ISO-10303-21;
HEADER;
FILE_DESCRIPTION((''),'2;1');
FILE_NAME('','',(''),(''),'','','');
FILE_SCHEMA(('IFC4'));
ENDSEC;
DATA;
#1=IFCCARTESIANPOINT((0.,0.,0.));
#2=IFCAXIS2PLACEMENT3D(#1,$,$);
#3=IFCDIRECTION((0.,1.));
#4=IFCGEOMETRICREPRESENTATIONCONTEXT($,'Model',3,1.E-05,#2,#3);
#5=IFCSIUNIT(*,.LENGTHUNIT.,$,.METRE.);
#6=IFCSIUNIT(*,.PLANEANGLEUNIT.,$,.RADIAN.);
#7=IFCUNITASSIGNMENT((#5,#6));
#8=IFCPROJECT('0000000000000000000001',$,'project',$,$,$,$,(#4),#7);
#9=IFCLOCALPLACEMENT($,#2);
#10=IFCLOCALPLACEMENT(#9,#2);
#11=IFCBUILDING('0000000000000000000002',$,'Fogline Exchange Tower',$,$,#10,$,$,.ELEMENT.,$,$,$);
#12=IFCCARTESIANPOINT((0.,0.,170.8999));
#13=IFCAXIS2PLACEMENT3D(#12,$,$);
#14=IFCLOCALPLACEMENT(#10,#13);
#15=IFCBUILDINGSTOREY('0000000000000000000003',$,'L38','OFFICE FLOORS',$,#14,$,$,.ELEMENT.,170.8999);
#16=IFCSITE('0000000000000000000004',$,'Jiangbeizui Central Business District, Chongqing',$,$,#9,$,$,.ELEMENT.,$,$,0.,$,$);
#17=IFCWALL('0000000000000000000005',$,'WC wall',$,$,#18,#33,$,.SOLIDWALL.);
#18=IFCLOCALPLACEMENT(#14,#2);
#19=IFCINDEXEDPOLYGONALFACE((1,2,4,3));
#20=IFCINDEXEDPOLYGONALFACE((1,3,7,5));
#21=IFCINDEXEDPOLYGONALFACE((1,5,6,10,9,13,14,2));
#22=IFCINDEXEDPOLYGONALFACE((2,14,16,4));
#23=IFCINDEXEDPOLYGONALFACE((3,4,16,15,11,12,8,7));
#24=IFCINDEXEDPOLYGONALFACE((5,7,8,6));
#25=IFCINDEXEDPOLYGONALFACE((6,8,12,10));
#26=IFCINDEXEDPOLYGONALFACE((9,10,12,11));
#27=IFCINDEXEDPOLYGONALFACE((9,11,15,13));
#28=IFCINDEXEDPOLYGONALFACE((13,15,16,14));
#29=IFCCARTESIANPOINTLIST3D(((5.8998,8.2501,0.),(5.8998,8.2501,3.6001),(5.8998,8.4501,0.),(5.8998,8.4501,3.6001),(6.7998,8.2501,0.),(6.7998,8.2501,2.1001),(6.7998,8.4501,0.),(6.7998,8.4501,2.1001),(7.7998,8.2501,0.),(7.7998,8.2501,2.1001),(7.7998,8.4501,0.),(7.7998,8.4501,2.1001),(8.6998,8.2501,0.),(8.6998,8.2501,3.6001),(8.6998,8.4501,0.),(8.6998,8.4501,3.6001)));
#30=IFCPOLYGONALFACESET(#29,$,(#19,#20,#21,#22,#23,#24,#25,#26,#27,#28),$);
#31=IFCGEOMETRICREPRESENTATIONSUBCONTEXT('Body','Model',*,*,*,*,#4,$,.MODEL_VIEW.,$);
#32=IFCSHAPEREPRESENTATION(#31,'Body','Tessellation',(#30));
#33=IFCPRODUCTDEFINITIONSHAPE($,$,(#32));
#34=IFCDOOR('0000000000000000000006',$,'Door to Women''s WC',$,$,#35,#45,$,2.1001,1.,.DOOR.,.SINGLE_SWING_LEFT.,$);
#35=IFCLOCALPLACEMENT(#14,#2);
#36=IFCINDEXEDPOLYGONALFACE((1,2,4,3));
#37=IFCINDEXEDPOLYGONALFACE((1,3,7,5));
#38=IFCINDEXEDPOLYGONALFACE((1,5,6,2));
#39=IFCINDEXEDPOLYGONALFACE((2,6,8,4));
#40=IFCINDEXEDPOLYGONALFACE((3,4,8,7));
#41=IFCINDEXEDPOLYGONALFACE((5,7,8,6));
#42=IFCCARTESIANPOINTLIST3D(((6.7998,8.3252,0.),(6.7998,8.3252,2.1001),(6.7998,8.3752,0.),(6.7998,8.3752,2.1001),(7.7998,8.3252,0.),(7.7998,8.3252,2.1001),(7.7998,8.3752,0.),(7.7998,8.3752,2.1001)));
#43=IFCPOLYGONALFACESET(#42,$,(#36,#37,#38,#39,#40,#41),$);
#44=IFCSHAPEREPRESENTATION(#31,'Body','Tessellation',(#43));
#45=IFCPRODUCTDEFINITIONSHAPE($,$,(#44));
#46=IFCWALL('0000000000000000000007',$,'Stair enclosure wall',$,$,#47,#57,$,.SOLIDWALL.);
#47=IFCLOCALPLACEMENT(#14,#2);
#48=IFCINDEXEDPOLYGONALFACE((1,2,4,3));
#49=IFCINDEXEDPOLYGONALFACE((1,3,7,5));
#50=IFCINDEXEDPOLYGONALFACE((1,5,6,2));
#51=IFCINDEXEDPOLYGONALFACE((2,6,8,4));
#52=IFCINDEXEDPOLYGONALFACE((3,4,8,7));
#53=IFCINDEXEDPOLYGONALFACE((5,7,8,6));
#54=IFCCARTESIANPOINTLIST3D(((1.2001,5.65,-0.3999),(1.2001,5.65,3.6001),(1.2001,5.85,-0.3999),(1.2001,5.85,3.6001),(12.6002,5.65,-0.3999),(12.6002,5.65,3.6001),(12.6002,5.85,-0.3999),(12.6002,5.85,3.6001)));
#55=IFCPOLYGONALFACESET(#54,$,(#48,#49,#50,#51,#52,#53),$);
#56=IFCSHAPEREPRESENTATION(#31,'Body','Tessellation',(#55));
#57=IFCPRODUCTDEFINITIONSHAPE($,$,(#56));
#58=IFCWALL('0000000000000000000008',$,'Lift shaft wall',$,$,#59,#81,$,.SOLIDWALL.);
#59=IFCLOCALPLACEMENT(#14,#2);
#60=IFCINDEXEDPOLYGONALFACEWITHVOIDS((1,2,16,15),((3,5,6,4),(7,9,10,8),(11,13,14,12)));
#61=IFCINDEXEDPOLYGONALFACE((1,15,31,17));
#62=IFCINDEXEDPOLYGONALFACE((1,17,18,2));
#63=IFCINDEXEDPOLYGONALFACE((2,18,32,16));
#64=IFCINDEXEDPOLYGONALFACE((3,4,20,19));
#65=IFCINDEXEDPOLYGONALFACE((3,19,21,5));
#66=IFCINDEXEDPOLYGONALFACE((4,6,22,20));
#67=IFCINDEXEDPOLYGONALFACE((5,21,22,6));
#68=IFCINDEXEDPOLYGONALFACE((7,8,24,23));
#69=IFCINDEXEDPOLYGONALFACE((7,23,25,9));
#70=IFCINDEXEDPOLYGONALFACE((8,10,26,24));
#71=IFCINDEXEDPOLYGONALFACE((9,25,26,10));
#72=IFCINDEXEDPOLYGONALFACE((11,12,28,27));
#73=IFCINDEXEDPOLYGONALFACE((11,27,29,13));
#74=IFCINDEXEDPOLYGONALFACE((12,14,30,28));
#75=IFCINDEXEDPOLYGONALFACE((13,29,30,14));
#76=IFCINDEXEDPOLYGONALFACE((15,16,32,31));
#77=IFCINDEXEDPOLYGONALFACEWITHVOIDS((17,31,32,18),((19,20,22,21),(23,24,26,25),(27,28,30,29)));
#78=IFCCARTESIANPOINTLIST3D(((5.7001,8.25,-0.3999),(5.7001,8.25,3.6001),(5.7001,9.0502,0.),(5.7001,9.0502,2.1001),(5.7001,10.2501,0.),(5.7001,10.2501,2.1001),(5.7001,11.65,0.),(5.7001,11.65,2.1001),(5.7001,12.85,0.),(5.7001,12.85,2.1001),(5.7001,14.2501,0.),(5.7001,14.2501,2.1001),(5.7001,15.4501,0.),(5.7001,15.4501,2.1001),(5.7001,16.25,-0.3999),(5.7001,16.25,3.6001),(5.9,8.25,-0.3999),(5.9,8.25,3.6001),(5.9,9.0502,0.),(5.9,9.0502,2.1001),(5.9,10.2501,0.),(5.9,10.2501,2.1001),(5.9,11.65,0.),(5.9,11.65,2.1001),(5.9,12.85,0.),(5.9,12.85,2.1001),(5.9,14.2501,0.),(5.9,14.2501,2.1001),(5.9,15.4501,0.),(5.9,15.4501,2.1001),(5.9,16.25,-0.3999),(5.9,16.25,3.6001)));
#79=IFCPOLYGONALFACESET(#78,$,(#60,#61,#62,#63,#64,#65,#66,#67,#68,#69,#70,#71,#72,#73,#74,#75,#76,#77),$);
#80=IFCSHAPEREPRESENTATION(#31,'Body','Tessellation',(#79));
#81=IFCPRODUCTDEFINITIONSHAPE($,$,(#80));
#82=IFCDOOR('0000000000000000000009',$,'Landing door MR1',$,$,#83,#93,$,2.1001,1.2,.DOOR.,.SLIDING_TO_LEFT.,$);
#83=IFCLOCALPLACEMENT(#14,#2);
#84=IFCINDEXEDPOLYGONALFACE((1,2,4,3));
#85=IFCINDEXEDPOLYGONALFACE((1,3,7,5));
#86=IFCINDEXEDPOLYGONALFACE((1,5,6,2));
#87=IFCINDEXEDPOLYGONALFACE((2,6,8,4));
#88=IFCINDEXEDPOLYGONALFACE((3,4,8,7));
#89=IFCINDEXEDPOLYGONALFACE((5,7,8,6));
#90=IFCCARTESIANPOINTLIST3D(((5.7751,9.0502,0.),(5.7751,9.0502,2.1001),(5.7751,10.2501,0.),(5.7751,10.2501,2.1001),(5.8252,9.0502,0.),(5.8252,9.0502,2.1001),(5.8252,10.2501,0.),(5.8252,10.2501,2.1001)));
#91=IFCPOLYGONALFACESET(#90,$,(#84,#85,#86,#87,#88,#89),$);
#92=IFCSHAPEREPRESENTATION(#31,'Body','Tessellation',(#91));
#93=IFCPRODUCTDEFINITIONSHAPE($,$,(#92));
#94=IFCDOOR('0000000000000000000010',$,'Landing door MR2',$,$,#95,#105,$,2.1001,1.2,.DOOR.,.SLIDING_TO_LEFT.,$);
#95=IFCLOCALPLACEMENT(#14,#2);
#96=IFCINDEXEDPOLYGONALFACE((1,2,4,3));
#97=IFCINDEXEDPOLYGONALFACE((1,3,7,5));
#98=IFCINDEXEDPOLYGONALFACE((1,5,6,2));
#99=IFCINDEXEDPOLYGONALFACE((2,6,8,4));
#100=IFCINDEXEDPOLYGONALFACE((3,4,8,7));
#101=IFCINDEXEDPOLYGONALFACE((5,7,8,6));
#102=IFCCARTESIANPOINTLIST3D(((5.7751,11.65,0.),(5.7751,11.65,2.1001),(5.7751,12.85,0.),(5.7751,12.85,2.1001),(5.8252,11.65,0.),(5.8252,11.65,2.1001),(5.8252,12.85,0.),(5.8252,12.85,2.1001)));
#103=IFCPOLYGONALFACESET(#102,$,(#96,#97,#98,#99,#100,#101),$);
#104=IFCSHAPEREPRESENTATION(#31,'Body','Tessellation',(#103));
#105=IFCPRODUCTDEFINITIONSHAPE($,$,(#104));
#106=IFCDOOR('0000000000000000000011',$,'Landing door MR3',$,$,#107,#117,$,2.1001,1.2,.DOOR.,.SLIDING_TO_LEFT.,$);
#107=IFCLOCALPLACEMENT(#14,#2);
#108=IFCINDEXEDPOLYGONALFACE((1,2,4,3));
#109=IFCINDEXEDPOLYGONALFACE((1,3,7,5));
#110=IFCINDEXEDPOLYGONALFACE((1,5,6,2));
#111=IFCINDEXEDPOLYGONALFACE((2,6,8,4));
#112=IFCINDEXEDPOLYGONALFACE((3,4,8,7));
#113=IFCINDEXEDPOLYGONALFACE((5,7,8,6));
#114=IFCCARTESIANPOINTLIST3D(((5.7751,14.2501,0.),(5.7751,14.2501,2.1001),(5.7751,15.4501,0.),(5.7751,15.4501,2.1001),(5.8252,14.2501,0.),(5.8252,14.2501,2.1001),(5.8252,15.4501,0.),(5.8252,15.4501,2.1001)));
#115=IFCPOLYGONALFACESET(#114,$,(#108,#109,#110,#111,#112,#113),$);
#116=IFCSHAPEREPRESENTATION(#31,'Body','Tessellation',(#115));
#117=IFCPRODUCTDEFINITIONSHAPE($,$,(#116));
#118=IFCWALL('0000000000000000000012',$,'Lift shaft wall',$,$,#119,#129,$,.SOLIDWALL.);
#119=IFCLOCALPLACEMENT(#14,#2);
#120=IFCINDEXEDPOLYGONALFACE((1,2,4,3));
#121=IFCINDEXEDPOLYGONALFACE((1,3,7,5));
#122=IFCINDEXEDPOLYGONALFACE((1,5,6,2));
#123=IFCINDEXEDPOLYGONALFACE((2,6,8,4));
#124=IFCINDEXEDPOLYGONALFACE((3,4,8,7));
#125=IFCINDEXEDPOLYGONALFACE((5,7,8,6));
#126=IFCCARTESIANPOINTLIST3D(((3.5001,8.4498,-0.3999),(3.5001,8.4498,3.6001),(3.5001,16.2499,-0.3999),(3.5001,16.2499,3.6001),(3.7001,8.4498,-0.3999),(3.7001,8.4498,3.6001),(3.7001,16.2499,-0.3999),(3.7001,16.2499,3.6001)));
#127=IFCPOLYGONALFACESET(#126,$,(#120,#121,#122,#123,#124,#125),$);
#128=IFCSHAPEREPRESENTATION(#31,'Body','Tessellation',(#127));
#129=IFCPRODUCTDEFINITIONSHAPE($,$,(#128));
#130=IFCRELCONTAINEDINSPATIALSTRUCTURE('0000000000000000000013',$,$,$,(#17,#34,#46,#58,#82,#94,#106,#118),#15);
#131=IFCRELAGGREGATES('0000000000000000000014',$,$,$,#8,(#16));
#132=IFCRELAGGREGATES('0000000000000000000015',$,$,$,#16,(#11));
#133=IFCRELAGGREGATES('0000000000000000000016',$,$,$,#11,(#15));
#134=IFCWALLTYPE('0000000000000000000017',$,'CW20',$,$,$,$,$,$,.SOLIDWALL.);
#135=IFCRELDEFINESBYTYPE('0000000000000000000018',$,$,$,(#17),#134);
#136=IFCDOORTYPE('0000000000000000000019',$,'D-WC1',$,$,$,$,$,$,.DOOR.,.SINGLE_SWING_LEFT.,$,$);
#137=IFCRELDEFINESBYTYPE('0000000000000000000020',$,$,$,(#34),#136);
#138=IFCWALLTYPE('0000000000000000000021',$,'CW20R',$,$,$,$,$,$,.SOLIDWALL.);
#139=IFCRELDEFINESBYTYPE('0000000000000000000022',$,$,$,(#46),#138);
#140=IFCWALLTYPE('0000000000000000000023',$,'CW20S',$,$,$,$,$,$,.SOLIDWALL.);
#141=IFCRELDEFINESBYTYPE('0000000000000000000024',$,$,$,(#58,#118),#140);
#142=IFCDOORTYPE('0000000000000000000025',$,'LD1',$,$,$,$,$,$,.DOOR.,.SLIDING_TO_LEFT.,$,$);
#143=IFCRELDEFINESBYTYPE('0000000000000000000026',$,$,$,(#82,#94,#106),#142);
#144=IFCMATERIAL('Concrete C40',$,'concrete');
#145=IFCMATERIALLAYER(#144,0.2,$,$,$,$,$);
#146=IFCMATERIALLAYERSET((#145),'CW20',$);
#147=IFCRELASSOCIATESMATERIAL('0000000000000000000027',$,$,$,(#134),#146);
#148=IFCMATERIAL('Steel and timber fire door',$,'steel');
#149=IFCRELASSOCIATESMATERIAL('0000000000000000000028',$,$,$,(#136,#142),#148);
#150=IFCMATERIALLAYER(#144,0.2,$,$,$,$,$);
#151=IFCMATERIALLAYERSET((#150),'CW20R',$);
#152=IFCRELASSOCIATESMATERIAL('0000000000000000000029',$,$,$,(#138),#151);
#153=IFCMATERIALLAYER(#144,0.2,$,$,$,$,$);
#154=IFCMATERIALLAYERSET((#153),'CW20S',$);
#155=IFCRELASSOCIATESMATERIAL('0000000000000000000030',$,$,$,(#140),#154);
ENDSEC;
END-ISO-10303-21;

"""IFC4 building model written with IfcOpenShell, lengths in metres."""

from ifc_helpers import new_model, si_unit, direction, frame, frame_2d, origin, place, context, subcontext, project, spatial, rectangle, extrude, material, layer, layer_set, type_object, element, fill, save


model = new_model("IFC4")

# Units and contexts
model_context = context("Model", 3, precision=1e-05, world=origin(), true_north=direction((0.0, 1.0)))
body_context = subcontext(model_context, "Body", "Model", "MODEL_VIEW")
ifc_project = project(units=[si_unit("LENGTHUNIT", "METRE"), si_unit("PLANEANGLEUNIT", "RADIAN")], contexts=[model_context])

# Site, building, storey
site_placement = place(None, origin())
site = spatial("IfcSite", under=ifc_project, at=site_placement, Name="Jiangbeizui Central Business District, Chongqing", CompositionType="ELEMENT", RefElevation=0.0)
building_placement = place(site_placement, origin())
building = spatial("IfcBuilding", under=site, at=building_placement, Name="Fogline Exchange Tower", CompositionType="ELEMENT")
storey_placement = place(building_placement, frame((0.0, 0.0, 170.8999)))
storey = spatial("IfcBuildingStorey", under=building, at=storey_placement, Name="L38", Description="OFFICE FLOORS", CompositionType="ELEMENT", Elevation=170.8999)

# Shared definitions
ifc_material_1 = material(Name="Concrete C40", Category="concrete")

# Wall, opening, door
ifc_layer_1 = layer(ifc_material_1, 0.2)
ifc_layer_set_1 = layer_set([ifc_layer_1], Name="CW20")
wall_type_1 = type_object("IfcWallType", Name="CW20", PredefinedType="SOLIDWALL", material=ifc_layer_set_1)
wall_1_placement = place(storey_placement, frame((5.8999, 8.3501, 0.0), z_axis=(0.0, 0.0, 1.0), x_axis=(1.0, 0.0, 0.0)))
wall_1 = element("IfcWall", 1, at=wall_1_placement, inside=storey, type_object=wall_type_1, Name="WC wall", PredefinedType="SOLIDWALL", context=body_context, shape_type="SweptSolid", body=[
    extrude(rectangle(XDim=2.8, YDim=0.2, at=frame_2d((1.3999, 0.0))), origin(), (0.0, 0.0, 1.0), 3.6001),
])
opening_1_placement = place(wall_1_placement, frame((0.8999, 0.0, 0.0)))
opening_1 = element("IfcOpeningElement", 2, at=opening_1_placement, cuts=wall_1, PredefinedType="OPENING", context=body_context, shape_type="SweptSolid", body=[
    extrude(rectangle(XDim=1.0, YDim=2.1001, at=frame_2d((0.5, 1.05))), frame((0.0, 0.1099, 0.0), z_axis=(0.0, -1.0, 0.0), x_axis=(1.0, 0.0, 0.0)), (0.0, 0.0, 1.0), 0.22),
])
ifc_material_2 = material(Name="Steel and timber fire door", Category="steel")
door_type_1 = type_object("IfcDoorType", Name="D-WC1", OperationType="SINGLE_SWING_LEFT", PredefinedType="DOOR", material=ifc_material_2)
door_1_placement = place(opening_1_placement, frame((1.0, 0.0, 0.0), z_axis=(0.0, 0.0, 1.0), x_axis=(-1.0, 0.0, 0.0)))
door_1 = element("IfcDoor", 3, at=door_1_placement, inside=storey, type_object=door_type_1, Name="Door to Women's WC", OperationType="SINGLE_SWING_LEFT", OverallHeight=2.1001, OverallWidth=1.0, PredefinedType="DOOR", context=body_context, shape_type="SweptSolid", body=[
    extrude(rectangle(XDim=1.0, YDim=2.1001, at=frame_2d((0.5, 1.05))), frame((0.0, 0.0249, 0.0), z_axis=(0.0, -1.0, 0.0), x_axis=(1.0, 0.0, 0.0)), (0.0, 0.0, 1.0), 0.05),
])
fill(opening_1, door_1)

# Wall
ifc_layer_2 = layer(ifc_material_1, 0.2)
ifc_layer_set_2 = layer_set([ifc_layer_2], Name="CW20R")
wall_type_2 = type_object("IfcWallType", Name="CW20R", PredefinedType="SOLIDWALL", material=ifc_layer_set_2)
wall_2_placement = place(storey_placement, frame((1.2, 5.75, -0.3999), z_axis=(0.0, 0.0, 1.0), x_axis=(1.0, 0.0, 0.0)))
element("IfcWall", 4, at=wall_2_placement, inside=storey, type_object=wall_type_2, Name="Stair enclosure wall", PredefinedType="SOLIDWALL", context=body_context, shape_type="SweptSolid", body=[
    extrude(rectangle(XDim=11.4001, YDim=0.2, at=frame_2d((5.7002, 0.0))), origin(), (0.0, 0.0, 1.0), 4.0),
])

# Wall, openings, doors
ifc_layer_3 = layer(ifc_material_1, 0.2)
ifc_layer_set_3 = layer_set([ifc_layer_3], Name="CW20S")
wall_type_3 = type_object("IfcWallType", Name="CW20S", PredefinedType="SOLIDWALL", material=ifc_layer_set_3)
wall_3_placement = place(storey_placement, frame((5.8, 8.25, -0.3999), z_axis=(0.0, 0.0, 1.0), x_axis=(0.0, 1.0, 0.0)))
wall_3 = element("IfcWall", 5, at=wall_3_placement, inside=storey, type_object=wall_type_3, Name="Lift shaft wall", PredefinedType="SOLIDWALL", context=body_context, shape_type="SweptSolid", body=[
    extrude(rectangle(XDim=8.0, YDim=0.2, at=frame_2d((4.0, 0.0))), origin(), (0.0, 0.0, 1.0), 4.0),
])
opening_2_placement = place(wall_3_placement, frame((0.8, 0.0, 0.3999)))
opening_2 = element("IfcOpeningElement", 6, at=opening_2_placement, cuts=wall_3, PredefinedType="OPENING", context=body_context, shape_type="SweptSolid", body=[
    extrude(rectangle(XDim=1.2, YDim=2.1001, at=frame_2d((0.6001, 1.05))), frame((0.0, 0.1099, 0.0), z_axis=(0.0, -1.0, 0.0), x_axis=(1.0, 0.0, 0.0)), (0.0, 0.0, 1.0), 0.22),
])
opening_3_placement = place(wall_3_placement, frame((3.3999, 0.0, 0.3999)))
opening_3 = element("IfcOpeningElement", 7, at=opening_3_placement, cuts=wall_3, PredefinedType="OPENING", context=body_context, shape_type="SweptSolid", body=[
    extrude(rectangle(XDim=1.2, YDim=2.1001, at=frame_2d((0.6001, 1.05))), frame((0.0, 0.1099, 0.0), z_axis=(0.0, -1.0, 0.0), x_axis=(1.0, 0.0, 0.0)), (0.0, 0.0, 1.0), 0.22),
])
opening_4_placement = place(wall_3_placement, frame((6.0, 0.0, 0.3999)))
opening_4 = element("IfcOpeningElement", 8, at=opening_4_placement, cuts=wall_3, PredefinedType="OPENING", context=body_context, shape_type="SweptSolid", body=[
    extrude(rectangle(XDim=1.2, YDim=2.1001, at=frame_2d((0.6001, 1.05))), frame((0.0, 0.1099, 0.0), z_axis=(0.0, -1.0, 0.0), x_axis=(1.0, 0.0, 0.0)), (0.0, 0.0, 1.0), 0.22),
])
door_type_2 = type_object("IfcDoorType", Name="LD1", OperationType="SLIDING_TO_LEFT", PredefinedType="DOOR", material=ifc_material_2)
door_2_placement = place(opening_2_placement, origin())
door_2 = element("IfcDoor", 9, at=door_2_placement, inside=storey, type_object=door_type_2, Name="Landing door MR1", OperationType="SLIDING_TO_LEFT", OverallHeight=2.1001, OverallWidth=1.2, PredefinedType="DOOR", context=body_context, shape_type="SweptSolid", body=[
    extrude(rectangle(XDim=1.2, YDim=2.1001, at=frame_2d((0.6001, 1.05))), frame((0.0, 0.0249, 0.0), z_axis=(0.0, -1.0, 0.0), x_axis=(1.0, 0.0, 0.0)), (0.0, 0.0, 1.0), 0.05),
])
fill(opening_2, door_2)
door_3_placement = place(opening_3_placement, origin())
door_3 = element("IfcDoor", 10, at=door_3_placement, inside=storey, type_object=door_type_2, Name="Landing door MR2", OperationType="SLIDING_TO_LEFT", OverallHeight=2.1001, OverallWidth=1.2, PredefinedType="DOOR", context=body_context, shape_type="SweptSolid", body=[
    extrude(rectangle(XDim=1.2, YDim=2.1001, at=frame_2d((0.6001, 1.05))), frame((0.0, 0.0249, 0.0), z_axis=(0.0, -1.0, 0.0), x_axis=(1.0, 0.0, 0.0)), (0.0, 0.0, 1.0), 0.05),
])
fill(opening_3, door_3)
door_4_placement = place(opening_4_placement, origin())
door_4 = element("IfcDoor", 11, at=door_4_placement, inside=storey, type_object=door_type_2, Name="Landing door MR3", OperationType="SLIDING_TO_LEFT", OverallHeight=2.1001, OverallWidth=1.2, PredefinedType="DOOR", context=body_context, shape_type="SweptSolid", body=[
    extrude(rectangle(XDim=1.2, YDim=2.1001, at=frame_2d((0.6001, 1.05))), frame((0.0, 0.0249, 0.0), z_axis=(0.0, -1.0, 0.0), x_axis=(1.0, 0.0, 0.0)), (0.0, 0.0, 1.0), 0.05),
])
fill(opening_4, door_4)

# Wall
wall_4_placement = place(storey_placement, frame((3.6001, 8.45, -0.3999), z_axis=(0.0, 0.0, 1.0), x_axis=(0.0, 1.0, 0.0)))
element("IfcWall", 12, at=wall_4_placement, inside=storey, type_object=wall_type_3, Name="Lift shaft wall", PredefinedType="SOLIDWALL", context=body_context, shape_type="SweptSolid", body=[
    extrude(rectangle(XDim=7.8, YDim=0.2, at=frame_2d((3.8999, 0.0))), origin(), (0.0, 0.0, 1.0), 4.0),
])

save(model, "model.ifc")
